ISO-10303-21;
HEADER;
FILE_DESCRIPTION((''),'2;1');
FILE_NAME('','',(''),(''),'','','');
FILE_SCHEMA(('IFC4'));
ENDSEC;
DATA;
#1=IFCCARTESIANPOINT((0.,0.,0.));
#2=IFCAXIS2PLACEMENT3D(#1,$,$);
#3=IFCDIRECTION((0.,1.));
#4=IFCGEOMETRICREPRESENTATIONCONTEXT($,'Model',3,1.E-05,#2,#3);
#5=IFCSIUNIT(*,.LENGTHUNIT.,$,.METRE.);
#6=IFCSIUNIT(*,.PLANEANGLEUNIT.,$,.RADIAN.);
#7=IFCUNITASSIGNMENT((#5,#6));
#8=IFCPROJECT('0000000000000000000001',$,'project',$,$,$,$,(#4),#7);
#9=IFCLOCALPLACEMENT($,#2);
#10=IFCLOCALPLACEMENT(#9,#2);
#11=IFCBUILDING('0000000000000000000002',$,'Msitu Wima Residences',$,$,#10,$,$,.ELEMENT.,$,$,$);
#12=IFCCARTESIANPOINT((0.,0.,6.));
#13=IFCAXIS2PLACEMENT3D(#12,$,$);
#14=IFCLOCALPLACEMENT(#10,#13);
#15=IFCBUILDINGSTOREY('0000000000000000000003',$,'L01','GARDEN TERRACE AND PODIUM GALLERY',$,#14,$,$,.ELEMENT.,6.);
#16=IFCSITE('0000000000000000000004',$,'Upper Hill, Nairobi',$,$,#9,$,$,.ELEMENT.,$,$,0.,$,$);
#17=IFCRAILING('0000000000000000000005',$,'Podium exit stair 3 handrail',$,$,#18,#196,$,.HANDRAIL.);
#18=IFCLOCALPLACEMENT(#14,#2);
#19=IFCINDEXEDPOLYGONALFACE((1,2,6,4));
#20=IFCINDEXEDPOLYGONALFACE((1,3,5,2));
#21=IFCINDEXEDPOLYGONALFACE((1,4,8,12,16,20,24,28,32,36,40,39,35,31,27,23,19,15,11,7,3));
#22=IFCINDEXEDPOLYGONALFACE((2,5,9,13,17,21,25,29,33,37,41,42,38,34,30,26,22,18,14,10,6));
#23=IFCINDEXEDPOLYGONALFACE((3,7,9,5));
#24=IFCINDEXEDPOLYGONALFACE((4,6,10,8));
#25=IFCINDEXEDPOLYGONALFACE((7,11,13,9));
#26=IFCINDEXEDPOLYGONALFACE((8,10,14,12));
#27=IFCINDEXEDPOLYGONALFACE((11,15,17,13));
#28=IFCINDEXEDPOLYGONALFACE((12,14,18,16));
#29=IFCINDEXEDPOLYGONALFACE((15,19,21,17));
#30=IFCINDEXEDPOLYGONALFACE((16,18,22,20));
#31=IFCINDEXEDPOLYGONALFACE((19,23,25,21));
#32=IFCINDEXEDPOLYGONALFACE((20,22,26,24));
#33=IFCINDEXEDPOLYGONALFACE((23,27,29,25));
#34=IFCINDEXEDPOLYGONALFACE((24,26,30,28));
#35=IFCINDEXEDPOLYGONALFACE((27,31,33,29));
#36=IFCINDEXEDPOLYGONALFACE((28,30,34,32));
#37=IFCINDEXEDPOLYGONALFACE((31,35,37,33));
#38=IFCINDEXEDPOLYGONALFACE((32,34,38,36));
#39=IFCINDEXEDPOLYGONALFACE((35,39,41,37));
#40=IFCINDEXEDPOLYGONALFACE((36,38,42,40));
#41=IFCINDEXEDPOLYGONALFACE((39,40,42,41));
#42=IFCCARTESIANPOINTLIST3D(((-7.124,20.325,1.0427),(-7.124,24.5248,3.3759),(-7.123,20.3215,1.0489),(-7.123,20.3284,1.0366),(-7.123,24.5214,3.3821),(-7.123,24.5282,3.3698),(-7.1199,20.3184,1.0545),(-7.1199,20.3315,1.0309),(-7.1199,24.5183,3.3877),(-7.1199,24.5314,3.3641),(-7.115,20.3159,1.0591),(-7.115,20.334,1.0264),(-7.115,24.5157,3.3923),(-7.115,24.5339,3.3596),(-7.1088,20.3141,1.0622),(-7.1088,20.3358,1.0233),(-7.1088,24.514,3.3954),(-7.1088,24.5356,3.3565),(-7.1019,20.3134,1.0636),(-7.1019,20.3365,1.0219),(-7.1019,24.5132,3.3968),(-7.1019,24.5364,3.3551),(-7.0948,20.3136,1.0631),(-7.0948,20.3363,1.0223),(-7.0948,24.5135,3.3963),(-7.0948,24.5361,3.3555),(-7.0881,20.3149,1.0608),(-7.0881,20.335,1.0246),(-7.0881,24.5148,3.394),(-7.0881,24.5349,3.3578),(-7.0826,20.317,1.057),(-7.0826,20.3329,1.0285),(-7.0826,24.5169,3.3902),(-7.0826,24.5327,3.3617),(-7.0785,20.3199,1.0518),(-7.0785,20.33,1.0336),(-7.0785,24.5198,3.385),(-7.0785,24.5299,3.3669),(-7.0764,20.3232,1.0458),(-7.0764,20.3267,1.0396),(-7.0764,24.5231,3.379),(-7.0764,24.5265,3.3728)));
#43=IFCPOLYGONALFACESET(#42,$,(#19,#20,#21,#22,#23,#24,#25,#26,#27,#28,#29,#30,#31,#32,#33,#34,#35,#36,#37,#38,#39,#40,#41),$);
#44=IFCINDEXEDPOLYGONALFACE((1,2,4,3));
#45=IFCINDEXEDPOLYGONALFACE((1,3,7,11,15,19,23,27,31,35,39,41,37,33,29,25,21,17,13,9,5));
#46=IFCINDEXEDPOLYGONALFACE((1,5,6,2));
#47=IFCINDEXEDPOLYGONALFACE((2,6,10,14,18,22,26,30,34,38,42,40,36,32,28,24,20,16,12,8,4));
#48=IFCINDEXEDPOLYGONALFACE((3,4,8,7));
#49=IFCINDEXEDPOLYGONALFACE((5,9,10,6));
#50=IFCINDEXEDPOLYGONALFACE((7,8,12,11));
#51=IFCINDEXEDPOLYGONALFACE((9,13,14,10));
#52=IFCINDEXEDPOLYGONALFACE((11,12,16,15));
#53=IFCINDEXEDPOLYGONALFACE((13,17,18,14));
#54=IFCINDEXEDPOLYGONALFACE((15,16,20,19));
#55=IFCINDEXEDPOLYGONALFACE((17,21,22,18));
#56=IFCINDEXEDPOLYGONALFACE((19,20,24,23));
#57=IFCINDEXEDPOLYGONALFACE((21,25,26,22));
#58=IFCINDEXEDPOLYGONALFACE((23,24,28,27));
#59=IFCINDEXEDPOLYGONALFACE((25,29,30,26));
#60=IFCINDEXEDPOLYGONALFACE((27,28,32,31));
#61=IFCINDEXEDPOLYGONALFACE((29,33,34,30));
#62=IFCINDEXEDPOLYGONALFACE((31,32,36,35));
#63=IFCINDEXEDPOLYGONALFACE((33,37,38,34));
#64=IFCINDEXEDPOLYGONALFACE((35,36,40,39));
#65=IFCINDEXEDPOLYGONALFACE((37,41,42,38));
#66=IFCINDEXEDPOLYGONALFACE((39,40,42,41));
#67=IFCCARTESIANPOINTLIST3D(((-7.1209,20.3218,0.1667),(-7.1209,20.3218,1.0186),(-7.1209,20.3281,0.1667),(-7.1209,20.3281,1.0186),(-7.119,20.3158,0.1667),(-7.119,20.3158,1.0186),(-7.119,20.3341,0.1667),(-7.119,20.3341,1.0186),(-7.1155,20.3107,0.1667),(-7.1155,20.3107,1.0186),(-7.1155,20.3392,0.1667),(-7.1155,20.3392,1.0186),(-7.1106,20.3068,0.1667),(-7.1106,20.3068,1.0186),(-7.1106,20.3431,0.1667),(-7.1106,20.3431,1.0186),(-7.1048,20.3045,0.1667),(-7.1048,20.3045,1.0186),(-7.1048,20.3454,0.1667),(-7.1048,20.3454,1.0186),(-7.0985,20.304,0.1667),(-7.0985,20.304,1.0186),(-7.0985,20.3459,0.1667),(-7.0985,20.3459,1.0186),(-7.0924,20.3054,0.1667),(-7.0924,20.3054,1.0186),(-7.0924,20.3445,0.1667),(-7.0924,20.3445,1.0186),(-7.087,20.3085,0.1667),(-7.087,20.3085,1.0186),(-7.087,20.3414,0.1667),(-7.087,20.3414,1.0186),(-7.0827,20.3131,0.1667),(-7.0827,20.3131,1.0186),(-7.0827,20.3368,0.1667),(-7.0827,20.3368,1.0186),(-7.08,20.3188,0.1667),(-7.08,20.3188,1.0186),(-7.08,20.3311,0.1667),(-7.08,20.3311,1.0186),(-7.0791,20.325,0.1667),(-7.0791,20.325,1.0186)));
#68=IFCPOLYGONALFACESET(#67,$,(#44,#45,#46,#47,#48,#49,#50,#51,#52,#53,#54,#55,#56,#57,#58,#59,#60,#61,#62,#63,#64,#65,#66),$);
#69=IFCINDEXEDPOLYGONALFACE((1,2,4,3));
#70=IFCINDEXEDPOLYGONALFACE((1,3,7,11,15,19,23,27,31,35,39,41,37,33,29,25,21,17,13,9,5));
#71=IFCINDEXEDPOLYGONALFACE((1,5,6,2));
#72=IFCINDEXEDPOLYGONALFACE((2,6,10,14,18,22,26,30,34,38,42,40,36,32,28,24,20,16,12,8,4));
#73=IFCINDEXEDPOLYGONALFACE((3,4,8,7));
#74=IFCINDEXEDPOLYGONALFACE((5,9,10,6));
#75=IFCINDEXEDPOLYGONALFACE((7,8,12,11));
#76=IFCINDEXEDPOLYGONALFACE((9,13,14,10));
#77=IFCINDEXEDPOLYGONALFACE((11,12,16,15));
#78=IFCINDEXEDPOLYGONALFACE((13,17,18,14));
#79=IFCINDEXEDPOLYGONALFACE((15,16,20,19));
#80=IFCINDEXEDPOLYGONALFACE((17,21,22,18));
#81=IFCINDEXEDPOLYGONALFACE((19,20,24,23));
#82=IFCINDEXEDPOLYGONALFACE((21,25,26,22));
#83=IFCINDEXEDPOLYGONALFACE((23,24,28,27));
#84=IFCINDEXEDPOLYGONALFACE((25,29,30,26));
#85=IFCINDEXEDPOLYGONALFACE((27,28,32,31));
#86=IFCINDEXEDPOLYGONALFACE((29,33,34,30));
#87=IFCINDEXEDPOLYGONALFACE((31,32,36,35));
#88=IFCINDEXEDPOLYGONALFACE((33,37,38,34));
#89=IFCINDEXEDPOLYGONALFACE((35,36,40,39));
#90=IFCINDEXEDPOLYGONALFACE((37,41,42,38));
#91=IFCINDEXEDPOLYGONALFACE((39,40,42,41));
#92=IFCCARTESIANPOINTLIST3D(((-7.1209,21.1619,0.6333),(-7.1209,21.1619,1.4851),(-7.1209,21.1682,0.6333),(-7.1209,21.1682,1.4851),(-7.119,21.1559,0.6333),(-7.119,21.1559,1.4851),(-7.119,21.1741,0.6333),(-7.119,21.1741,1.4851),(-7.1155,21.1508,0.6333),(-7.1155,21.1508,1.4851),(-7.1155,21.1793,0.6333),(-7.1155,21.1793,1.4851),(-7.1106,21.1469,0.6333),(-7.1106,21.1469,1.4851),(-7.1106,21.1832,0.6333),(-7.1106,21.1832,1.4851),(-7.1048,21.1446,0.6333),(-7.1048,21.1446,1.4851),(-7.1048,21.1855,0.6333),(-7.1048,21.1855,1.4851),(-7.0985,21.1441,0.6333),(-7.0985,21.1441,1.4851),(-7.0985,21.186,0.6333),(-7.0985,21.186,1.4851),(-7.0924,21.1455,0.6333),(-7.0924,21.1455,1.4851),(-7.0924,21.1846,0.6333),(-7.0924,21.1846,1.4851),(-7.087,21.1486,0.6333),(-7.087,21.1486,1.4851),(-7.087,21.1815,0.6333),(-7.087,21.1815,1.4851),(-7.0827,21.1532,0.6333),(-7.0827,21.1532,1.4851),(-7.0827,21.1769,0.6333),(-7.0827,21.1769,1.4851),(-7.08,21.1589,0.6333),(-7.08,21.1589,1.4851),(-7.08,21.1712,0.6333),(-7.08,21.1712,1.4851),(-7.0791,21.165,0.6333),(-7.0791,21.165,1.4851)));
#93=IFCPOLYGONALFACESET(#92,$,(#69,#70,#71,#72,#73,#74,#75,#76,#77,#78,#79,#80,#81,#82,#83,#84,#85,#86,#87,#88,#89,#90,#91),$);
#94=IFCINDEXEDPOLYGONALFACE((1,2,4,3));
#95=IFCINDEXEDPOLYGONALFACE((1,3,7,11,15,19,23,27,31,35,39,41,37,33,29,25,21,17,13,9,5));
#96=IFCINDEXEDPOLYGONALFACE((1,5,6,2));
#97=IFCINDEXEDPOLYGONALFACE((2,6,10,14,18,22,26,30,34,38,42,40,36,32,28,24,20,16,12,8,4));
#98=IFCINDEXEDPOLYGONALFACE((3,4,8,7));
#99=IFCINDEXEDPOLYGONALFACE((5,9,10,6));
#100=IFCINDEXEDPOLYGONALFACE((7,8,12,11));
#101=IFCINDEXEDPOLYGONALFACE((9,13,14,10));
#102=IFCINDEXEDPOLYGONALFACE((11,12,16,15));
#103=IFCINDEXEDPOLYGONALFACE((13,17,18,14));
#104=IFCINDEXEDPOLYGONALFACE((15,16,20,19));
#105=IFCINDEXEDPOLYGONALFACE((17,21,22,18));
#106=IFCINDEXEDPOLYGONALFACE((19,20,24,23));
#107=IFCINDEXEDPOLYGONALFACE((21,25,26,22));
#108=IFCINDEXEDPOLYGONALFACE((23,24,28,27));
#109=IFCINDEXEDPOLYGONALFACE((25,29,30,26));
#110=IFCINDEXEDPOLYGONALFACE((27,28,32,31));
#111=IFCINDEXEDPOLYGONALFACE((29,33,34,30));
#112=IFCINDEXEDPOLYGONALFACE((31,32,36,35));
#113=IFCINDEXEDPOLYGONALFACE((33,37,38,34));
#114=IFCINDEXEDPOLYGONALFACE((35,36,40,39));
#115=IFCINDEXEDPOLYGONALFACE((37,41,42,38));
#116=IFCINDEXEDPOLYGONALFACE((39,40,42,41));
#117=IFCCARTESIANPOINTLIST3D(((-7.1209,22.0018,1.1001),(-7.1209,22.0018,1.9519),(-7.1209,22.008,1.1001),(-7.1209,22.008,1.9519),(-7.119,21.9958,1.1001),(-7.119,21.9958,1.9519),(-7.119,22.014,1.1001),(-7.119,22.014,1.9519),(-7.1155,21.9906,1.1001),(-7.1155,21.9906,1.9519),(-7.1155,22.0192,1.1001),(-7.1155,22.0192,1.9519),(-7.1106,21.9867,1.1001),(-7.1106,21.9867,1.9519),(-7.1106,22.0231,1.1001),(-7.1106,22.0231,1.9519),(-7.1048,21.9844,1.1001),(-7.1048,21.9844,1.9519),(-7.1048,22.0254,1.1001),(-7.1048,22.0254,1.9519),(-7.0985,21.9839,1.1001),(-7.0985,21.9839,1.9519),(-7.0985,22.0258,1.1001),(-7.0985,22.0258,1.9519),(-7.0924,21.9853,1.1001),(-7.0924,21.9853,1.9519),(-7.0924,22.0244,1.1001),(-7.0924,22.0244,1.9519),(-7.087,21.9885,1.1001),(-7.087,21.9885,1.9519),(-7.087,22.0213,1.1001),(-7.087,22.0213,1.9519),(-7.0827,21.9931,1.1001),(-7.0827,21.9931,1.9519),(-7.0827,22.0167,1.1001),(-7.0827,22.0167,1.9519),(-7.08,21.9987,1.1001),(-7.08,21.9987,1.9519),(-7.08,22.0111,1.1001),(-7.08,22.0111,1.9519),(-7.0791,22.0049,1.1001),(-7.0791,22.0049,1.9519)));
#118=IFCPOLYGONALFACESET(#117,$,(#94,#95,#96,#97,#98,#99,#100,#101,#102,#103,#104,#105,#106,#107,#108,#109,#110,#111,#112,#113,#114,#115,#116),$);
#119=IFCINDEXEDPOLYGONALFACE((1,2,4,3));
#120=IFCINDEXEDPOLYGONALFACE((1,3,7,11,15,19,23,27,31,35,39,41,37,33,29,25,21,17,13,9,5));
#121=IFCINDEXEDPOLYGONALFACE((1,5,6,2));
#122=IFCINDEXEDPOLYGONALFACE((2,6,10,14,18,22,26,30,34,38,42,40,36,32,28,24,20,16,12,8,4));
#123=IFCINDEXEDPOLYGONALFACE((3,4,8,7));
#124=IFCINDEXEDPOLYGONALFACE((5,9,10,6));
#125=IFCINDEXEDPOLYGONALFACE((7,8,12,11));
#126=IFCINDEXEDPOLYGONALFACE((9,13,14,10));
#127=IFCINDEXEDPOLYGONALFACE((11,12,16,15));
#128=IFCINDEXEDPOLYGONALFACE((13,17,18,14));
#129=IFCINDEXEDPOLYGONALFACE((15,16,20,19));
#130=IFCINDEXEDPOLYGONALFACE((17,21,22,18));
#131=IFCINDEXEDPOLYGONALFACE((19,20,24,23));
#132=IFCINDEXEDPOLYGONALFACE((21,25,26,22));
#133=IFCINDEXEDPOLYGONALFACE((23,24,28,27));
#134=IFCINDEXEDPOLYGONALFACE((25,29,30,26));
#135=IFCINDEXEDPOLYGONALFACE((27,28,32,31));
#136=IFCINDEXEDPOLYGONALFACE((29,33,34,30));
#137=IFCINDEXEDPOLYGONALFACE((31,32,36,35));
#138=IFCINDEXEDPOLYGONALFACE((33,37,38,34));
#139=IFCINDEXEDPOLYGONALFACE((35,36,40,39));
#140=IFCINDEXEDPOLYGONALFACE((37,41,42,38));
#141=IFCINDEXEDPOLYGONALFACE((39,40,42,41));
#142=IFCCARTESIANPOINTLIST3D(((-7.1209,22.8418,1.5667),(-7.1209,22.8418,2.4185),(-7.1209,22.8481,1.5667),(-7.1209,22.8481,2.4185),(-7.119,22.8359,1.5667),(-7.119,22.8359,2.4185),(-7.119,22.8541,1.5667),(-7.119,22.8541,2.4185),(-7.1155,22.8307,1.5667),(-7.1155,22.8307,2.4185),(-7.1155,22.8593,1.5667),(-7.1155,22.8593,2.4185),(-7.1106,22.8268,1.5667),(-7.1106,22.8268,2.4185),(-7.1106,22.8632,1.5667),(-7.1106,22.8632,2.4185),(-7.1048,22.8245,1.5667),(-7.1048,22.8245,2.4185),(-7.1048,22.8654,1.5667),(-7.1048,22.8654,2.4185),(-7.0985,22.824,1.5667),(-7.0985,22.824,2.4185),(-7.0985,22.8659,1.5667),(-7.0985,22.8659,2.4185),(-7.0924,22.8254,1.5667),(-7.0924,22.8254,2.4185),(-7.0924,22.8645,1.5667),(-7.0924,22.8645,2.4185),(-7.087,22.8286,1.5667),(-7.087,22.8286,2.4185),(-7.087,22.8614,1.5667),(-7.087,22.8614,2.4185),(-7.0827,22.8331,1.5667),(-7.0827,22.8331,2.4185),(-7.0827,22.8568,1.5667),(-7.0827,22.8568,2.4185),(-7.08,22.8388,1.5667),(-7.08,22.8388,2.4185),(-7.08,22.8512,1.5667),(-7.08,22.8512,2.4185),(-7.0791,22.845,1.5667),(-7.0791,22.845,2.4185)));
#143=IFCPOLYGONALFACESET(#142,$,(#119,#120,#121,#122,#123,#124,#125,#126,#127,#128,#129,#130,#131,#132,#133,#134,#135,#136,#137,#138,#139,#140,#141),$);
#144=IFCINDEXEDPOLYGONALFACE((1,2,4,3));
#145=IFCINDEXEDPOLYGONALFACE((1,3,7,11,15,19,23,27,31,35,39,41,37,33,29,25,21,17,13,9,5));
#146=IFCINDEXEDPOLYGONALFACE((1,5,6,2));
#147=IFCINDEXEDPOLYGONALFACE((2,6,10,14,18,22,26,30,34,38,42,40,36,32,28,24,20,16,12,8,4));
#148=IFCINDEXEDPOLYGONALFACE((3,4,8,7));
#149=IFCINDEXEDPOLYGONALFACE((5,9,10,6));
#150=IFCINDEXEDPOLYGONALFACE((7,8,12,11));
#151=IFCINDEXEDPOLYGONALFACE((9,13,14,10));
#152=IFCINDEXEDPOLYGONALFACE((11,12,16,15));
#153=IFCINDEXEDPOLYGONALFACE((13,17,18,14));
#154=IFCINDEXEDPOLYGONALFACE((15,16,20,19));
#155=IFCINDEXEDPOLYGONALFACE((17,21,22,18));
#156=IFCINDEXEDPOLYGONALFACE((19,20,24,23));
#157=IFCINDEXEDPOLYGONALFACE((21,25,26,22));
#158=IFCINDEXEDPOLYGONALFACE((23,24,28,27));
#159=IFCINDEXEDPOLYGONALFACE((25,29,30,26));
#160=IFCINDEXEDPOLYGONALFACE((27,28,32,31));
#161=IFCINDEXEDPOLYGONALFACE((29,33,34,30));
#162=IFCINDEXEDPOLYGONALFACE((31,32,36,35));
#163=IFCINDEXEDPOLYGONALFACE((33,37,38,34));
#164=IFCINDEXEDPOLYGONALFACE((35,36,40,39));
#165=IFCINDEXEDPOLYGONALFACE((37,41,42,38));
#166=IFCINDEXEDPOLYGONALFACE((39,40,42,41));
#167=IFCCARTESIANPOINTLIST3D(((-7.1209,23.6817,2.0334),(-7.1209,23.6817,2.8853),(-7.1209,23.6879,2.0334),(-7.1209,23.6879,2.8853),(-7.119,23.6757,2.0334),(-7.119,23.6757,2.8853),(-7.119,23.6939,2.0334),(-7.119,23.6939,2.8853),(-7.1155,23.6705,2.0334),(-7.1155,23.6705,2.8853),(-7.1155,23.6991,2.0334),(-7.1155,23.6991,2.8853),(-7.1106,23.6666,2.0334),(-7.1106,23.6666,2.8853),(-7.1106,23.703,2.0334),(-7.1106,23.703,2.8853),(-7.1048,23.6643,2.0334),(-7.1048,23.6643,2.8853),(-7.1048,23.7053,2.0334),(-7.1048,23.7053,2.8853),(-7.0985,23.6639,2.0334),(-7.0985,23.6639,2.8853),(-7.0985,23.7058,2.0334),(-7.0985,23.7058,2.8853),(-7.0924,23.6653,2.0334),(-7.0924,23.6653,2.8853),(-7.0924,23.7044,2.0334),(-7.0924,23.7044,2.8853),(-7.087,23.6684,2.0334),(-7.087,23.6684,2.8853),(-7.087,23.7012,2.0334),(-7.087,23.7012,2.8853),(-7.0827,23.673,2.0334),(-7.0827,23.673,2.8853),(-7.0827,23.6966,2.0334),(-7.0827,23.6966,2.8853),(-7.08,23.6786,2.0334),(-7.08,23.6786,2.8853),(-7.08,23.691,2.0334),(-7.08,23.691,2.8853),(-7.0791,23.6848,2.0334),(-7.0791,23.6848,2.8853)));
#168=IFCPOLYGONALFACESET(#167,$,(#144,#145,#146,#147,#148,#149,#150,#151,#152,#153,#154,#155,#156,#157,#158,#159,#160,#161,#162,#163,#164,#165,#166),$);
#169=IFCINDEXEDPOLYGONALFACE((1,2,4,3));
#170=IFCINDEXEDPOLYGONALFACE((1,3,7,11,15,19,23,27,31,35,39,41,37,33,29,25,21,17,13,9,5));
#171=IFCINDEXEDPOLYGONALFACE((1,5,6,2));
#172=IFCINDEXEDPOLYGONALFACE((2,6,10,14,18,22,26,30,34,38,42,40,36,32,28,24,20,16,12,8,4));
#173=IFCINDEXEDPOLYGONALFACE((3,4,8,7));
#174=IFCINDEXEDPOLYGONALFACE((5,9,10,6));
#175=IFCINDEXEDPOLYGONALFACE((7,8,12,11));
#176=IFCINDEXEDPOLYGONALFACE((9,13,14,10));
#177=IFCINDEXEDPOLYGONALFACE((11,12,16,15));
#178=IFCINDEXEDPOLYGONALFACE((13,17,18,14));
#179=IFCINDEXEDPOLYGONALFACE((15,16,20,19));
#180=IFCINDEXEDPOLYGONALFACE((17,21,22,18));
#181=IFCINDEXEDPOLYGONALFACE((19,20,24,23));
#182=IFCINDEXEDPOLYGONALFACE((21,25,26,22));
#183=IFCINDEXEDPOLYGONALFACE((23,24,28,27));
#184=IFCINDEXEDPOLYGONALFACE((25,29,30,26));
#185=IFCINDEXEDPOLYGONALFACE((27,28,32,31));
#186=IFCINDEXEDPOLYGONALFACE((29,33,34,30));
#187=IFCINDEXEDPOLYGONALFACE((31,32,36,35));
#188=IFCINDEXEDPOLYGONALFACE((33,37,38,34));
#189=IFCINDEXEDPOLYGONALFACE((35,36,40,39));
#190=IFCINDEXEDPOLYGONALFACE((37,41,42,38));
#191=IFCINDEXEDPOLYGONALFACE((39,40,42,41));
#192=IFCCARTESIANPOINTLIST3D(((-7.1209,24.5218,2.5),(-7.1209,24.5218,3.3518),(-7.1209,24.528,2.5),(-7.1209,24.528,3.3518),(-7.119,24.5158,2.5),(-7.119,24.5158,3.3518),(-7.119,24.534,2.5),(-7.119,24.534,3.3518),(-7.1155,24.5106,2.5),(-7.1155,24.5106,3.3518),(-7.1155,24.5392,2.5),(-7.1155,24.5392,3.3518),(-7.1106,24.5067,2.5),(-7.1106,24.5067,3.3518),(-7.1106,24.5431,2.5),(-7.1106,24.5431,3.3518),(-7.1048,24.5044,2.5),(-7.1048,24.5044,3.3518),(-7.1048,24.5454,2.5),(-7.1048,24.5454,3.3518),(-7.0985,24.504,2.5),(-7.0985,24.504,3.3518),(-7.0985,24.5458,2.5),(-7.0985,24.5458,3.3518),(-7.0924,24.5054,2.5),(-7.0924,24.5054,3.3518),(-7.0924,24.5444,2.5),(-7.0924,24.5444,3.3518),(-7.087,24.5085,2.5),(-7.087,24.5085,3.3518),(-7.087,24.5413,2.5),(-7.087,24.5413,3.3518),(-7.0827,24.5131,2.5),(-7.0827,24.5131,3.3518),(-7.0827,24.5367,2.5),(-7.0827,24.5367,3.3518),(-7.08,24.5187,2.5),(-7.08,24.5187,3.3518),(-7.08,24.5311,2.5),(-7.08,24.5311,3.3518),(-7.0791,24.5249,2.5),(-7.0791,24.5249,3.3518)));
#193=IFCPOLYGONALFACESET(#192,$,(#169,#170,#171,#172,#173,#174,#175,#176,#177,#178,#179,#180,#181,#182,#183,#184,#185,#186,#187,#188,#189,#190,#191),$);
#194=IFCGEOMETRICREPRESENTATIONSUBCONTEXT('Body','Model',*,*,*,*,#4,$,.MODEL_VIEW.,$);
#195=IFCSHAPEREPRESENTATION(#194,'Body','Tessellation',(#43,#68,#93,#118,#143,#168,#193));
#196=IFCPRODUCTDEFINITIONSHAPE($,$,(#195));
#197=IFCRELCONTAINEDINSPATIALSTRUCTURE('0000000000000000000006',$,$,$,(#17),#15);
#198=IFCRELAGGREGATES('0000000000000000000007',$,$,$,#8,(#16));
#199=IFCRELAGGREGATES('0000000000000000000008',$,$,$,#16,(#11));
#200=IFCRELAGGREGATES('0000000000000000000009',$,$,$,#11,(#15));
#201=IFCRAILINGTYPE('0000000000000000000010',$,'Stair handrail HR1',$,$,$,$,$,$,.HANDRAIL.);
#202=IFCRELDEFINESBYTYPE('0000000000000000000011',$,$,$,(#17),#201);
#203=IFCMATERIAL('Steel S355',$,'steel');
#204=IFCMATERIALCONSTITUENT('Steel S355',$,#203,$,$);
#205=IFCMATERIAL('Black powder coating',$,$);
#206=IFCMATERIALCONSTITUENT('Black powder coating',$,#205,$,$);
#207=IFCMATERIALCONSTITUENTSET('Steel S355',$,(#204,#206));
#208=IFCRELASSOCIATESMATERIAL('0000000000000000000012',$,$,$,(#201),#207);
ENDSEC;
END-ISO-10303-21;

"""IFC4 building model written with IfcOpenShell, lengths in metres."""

from ifc_helpers import new_model, si_unit, direction, frame, origin, origin_2d, place, context, subcontext, project, spatial, circle, extrude, material, constituent, constituent_set, type_object, element, save


model = new_model("IFC4")

# Units and contexts
model_context = context("Model", 3, precision=1e-05, world=origin(), true_north=direction((0.0, 1.0)))
body_context = subcontext(model_context, "Body", "Model", "MODEL_VIEW")
ifc_project = project(units=[si_unit("LENGTHUNIT", "METRE"), si_unit("PLANEANGLEUNIT", "RADIAN")], contexts=[model_context])

# Site, building, storey
site_placement = place(None, origin())
site = spatial("IfcSite", under=ifc_project, at=site_placement, Name="Upper Hill, Nairobi", CompositionType="ELEMENT", RefElevation=0.0)
building_placement = place(site_placement, origin())
building = spatial("IfcBuilding", under=site, at=building_placement, Name="Msitu Wima Residences", CompositionType="ELEMENT")
storey_placement = place(building_placement, frame((0.0, 0.0, 6.0)))
storey = spatial("IfcBuildingStorey", under=building, at=storey_placement, Name="L01", Description="GARDEN TERRACE AND PODIUM GALLERY", CompositionType="ELEMENT", Elevation=6.0)

# Railing
ifc_material_1 = material(Name="Steel S355", Category="steel")
ifc_constituent_1 = constituent(ifc_material_1, Name="Steel S355")
ifc_material_2 = material(Name="Black powder coating")
ifc_constituent_2 = constituent(ifc_material_2, Name="Black powder coating")
ifc_constituent_set = constituent_set(constituents=[ifc_constituent_1, ifc_constituent_2], Name="Steel S355")
railing_type = type_object("IfcRailingType", Name="Stair handrail HR1", PredefinedType="HANDRAIL", material=ifc_constituent_set)
for number, where, name in (
    (1, (-7.1001, 20.325, 0.1667), "Podium exit stair 3 handrail"),
):
    element("IfcRailing", number, at=place(storey_placement, frame(where)), inside=storey, type_object=railing_type, Name=name, PredefinedType="HANDRAIL", context=body_context, shape_type="SweptSolid", body=[
        extrude(circle(Radius=0.0239, at=origin_2d()), frame((0.0, 0.0, 0.876), z_axis=(0.0, 0.874162, 0.485634), x_axis=(-1.0, 0.0, 0.0)), (0.0, 0.0, 1.0), 4.8044),
        extrude(circle(Radius=0.021, at=origin_2d()), origin(), (0.0, 0.0, 1.0), 0.8518),
        extrude(circle(Radius=0.021, at=origin_2d()), frame((0.0, 0.8401, 0.4666)), (0.0, 0.0, 1.0), 0.8518),
        extrude(circle(Radius=0.021, at=origin_2d()), frame((0.0, 1.6799, 0.9333)), (0.0, 0.0, 1.0), 0.8518),
        extrude(circle(Radius=0.021, at=origin_2d()), frame((0.0, 2.52, 1.3999)), (0.0, 0.0, 1.0), 0.8518),
        extrude(circle(Radius=0.021, at=origin_2d()), frame((0.0, 3.3599, 1.8667)), (0.0, 0.0, 1.0), 0.8518),
        extrude(circle(Radius=0.021, at=origin_2d()), frame((0.0, 4.2, 2.3333)), (0.0, 0.0, 1.0), 0.8518),
    ])

save(model, "model.ifc")
